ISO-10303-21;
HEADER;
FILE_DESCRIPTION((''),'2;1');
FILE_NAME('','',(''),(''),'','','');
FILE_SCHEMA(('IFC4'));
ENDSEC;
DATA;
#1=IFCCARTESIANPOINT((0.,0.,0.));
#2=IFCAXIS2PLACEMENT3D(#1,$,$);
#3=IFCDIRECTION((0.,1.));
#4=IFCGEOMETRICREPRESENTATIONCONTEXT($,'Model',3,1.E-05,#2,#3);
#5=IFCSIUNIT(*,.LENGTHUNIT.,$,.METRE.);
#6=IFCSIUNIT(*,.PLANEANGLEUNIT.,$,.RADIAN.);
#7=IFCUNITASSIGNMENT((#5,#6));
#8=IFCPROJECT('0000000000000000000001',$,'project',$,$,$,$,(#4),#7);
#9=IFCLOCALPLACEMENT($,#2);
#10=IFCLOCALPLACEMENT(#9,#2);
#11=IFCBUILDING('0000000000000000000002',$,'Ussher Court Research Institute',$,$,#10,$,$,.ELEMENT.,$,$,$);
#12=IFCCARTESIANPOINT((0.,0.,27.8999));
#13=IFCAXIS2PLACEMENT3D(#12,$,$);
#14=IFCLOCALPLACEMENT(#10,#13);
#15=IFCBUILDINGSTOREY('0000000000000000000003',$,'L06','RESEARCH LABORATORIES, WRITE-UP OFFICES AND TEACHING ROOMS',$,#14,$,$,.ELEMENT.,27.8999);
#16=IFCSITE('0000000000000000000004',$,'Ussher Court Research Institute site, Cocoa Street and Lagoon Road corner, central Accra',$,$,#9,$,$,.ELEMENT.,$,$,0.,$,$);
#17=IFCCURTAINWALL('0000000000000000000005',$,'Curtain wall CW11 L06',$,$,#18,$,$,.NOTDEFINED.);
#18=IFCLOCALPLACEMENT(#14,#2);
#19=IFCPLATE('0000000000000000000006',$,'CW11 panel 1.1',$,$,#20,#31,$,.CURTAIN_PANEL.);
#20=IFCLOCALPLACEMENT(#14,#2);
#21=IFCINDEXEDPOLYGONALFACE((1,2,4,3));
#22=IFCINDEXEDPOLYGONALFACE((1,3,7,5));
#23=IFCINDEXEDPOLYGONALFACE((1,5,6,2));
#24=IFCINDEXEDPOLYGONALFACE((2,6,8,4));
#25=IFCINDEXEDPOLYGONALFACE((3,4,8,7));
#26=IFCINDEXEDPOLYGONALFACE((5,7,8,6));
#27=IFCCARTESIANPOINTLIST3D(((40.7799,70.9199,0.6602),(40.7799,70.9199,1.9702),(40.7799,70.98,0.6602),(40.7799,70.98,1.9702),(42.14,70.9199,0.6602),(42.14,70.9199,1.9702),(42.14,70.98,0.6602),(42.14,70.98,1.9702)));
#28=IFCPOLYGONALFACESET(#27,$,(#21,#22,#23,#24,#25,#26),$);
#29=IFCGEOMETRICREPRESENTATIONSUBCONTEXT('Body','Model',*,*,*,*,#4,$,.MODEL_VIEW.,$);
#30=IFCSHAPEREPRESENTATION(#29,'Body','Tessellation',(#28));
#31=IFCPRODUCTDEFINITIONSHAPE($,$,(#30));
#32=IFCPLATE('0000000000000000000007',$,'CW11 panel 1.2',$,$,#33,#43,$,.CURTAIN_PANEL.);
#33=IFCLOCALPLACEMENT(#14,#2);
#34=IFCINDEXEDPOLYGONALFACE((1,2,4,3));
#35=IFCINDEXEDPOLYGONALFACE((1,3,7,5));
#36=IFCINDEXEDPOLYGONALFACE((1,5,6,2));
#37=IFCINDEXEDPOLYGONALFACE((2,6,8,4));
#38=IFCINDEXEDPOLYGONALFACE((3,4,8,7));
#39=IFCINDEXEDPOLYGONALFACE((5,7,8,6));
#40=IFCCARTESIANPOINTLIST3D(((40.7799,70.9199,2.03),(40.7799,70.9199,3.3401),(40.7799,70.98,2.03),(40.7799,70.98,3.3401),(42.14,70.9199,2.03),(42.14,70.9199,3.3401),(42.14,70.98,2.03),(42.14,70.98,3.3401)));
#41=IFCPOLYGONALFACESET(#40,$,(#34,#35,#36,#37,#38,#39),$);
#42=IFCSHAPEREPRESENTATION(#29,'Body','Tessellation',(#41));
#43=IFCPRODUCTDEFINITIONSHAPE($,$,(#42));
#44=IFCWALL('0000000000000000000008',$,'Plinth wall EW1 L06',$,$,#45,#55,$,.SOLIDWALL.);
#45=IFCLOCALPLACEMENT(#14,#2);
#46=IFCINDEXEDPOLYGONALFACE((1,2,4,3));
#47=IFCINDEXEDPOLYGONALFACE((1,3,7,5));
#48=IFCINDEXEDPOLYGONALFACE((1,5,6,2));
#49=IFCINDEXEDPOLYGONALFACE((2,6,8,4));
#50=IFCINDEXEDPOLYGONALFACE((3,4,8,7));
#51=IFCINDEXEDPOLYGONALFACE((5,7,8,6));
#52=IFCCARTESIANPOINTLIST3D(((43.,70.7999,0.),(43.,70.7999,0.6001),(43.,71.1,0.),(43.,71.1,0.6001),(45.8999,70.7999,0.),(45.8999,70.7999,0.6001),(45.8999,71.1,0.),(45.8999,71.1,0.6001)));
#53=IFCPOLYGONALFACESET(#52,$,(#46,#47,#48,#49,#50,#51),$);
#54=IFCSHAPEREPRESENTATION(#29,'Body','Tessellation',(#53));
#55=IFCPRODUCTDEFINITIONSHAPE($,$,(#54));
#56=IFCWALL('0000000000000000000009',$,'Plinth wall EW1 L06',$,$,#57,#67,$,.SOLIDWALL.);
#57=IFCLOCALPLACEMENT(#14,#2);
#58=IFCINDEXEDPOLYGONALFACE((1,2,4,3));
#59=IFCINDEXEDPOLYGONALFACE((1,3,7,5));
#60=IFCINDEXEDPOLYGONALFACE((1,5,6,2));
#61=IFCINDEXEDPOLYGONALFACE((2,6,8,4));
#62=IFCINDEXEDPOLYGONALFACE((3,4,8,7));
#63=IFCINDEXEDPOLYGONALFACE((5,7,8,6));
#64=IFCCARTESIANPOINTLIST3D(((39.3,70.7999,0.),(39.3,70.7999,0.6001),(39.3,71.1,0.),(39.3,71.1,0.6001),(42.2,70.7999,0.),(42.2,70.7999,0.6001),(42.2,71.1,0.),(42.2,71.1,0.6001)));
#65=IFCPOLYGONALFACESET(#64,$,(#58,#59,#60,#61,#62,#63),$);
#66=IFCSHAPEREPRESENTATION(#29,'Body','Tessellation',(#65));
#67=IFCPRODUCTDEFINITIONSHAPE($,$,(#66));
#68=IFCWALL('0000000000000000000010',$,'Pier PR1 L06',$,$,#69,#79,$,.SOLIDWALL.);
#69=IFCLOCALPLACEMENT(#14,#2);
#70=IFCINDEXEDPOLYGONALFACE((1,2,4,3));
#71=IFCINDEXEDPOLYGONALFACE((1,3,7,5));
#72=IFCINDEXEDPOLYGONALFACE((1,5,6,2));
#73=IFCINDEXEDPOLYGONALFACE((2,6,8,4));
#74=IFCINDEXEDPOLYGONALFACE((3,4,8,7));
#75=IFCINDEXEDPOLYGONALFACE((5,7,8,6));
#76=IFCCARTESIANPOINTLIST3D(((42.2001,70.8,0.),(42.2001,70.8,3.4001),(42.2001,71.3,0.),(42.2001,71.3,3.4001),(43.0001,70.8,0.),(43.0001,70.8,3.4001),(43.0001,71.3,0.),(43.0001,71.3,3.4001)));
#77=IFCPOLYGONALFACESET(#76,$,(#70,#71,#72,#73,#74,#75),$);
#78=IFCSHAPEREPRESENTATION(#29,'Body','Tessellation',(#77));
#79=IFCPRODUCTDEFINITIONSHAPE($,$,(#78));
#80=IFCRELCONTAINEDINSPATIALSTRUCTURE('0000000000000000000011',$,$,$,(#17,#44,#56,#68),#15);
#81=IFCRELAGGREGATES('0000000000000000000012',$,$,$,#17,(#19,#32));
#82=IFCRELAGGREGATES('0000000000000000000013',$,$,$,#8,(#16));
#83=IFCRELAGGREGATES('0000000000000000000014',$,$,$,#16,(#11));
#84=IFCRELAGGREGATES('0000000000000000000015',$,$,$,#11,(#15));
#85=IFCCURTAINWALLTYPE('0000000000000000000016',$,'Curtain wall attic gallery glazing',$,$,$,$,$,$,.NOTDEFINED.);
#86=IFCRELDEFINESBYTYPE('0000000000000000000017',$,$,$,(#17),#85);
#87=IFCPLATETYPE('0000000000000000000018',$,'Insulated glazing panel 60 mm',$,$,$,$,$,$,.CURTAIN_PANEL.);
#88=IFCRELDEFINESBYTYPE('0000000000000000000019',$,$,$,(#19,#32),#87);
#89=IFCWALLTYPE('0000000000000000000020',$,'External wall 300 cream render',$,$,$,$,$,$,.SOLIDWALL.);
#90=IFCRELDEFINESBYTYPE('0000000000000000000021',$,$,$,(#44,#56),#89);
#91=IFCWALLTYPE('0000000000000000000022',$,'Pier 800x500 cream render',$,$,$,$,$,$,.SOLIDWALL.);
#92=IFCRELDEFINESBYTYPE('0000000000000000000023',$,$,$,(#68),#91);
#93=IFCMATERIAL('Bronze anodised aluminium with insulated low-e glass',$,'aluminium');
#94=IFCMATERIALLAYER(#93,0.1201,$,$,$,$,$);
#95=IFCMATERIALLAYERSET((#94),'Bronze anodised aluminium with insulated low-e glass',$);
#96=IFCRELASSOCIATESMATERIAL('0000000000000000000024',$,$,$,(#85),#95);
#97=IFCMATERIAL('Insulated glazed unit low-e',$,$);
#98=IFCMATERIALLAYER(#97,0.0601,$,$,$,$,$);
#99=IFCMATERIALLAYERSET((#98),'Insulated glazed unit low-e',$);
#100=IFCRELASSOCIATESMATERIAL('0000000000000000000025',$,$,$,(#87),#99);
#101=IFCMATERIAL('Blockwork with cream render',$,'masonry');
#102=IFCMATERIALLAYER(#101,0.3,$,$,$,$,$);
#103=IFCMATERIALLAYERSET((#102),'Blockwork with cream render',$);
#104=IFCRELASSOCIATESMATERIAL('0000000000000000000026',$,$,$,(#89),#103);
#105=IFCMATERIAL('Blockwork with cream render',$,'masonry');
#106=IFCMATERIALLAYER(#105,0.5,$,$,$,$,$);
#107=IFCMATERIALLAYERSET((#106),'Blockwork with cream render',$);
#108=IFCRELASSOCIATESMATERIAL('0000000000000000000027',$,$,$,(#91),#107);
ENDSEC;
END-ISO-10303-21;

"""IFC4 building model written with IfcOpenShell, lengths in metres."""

from ifc_helpers import new_model, si_unit, direction, frame, frame_2d, origin, origin_2d, place, context, subcontext, project, spatial, rectangle, extrude, material, layer, layer_set, type_object, element, aggregate, save


model = new_model("IFC4")

# Units and contexts
model_context = context("Model", 3, precision=1e-05, world=origin(), true_north=direction((0.0, 1.0)))
body_context = subcontext(model_context, "Body", "Model", "MODEL_VIEW")
ifc_project = project(units=[si_unit("LENGTHUNIT", "METRE"), si_unit("PLANEANGLEUNIT", "RADIAN")], contexts=[model_context])

# Site, building, storey
site_placement = place(None, origin())
site = spatial("IfcSite", under=ifc_project, at=site_placement, Name="Ussher Court Research Institute site, Cocoa Street and Lagoon Road corner, central Accra", CompositionType="ELEMENT", RefElevation=0.0)
building_placement = place(site_placement, origin())
building = spatial("IfcBuilding", under=site, at=building_placement, Name="Ussher Court Research Institute", CompositionType="ELEMENT")
storey_placement = place(building_placement, frame((0.0, 0.0, 27.8999)))
storey = spatial("IfcBuildingStorey", under=building, at=storey_placement, Name="L06", Description="RESEARCH LABORATORIES, WRITE-UP OFFICES AND TEACHING ROOMS", CompositionType="ELEMENT", Elevation=27.8999)

# Curtain wall
ifc_material_1 = material(Name="Bronze anodised aluminium with insulated low-e glass", Category="aluminium")
ifc_layer_1 = layer(ifc_material_1, 0.1201)
ifc_layer_set_1 = layer_set([ifc_layer_1], Name="Bronze anodised aluminium with insulated low-e glass")
curtain_wall_type = type_object("IfcCurtainWallType", Name="Curtain wall attic gallery glazing", PredefinedType="NOTDEFINED", material=ifc_layer_set_1)
curtain_wall_1_placement = place(storey_placement, origin())
curtain_wall_1 = element("IfcCurtainWall", 1, at=curtain_wall_1_placement, inside=storey, type_object=curtain_wall_type, Name="Curtain wall CW11 L06", PredefinedType="NOTDEFINED")

# Plates
ifc_material_2 = material(Name="Insulated glazed unit low-e")
ifc_layer_2 = layer(ifc_material_2, 0.0601)
ifc_layer_set_2 = layer_set([ifc_layer_2], Name="Insulated glazed unit low-e")
plate_type = type_object("IfcPlateType", Name="Insulated glazing panel 60 mm", PredefinedType="CURTAIN_PANEL", material=ifc_layer_set_2)
plate_1_placement = place(storey_placement, frame((41.46, 70.95, 0.6602), z_axis=(0.0, 0.0, 1.0), x_axis=(-1.0, 0.0, 0.0)))
plate_1 = element("IfcPlate", 2, at=plate_1_placement, type_object=plate_type, Name="CW11 panel 1.1", PredefinedType="CURTAIN_PANEL", context=body_context, shape_type="SweptSolid", body=[
    extrude(rectangle(XDim=1.3601, YDim=0.0601, at=origin_2d()), origin(), (0.0, 0.0, 1.0), 1.3101),
])
plate_2_placement = place(storey_placement, frame((41.46, 70.95, 2.03), z_axis=(0.0, 0.0, 1.0), x_axis=(-1.0, 0.0, 0.0)))
plate_2 = element("IfcPlate", 3, at=plate_2_placement, type_object=plate_type, Name="CW11 panel 1.2", PredefinedType="CURTAIN_PANEL", context=body_context, shape_type="SweptSolid", body=[
    extrude(rectangle(XDim=1.3601, YDim=0.0601, at=origin_2d()), origin(), (0.0, 0.0, 1.0), 1.3101),
])
aggregate(curtain_wall_1, [plate_1, plate_2])

# Walls
ifc_material_3 = material(Name="Blockwork with cream render", Category="masonry")
ifc_layer_3 = layer(ifc_material_3, 0.3)
ifc_layer_set_3 = layer_set([ifc_layer_3], Name="Blockwork with cream render")
wall_type_1 = type_object("IfcWallType", Name="External wall 300 cream render", PredefinedType="SOLIDWALL", material=ifc_layer_set_3)
for number, where, z_axis, x_axis, name in (
    (4, (45.8999, 70.95, 0.0), (0.0, 0.0, 1.0), (-1.0, 0.0, 0.0), "Plinth wall EW1 L06"),
    (5, (42.2, 70.95, 0.0), (0.0, 0.0, 1.0), (-1.0, 0.0, 0.0), "Plinth wall EW1 L06"),
):
    element("IfcWall", number, at=place(storey_placement, frame(where, z_axis=z_axis, x_axis=x_axis)), inside=storey, type_object=wall_type_1, Name=name, PredefinedType="SOLIDWALL", context=body_context, shape_type="SweptSolid", body=[
        extrude(rectangle(XDim=2.8999, YDim=0.3, at=frame_2d((1.45, 0.0))), origin(), (0.0, 0.0, 1.0), 0.6001),
    ])
ifc_material_4 = material(Name="Blockwork with cream render", Category="masonry")
ifc_layer_4 = layer(ifc_material_4, 0.5)
ifc_layer_set_4 = layer_set([ifc_layer_4], Name="Blockwork with cream render")
wall_type_2 = type_object("IfcWallType", Name="Pier 800x500 cream render", PredefinedType="SOLIDWALL", material=ifc_layer_set_4)
wall_placement = place(storey_placement, frame((43.0, 71.05, 0.0), z_axis=(0.0, 0.0, 1.0), x_axis=(-1.0, 0.0, 0.0)))
element("IfcWall", 6, at=wall_placement, inside=storey, type_object=wall_type_2, Name="Pier PR1 L06", PredefinedType="SOLIDWALL", context=body_context, shape_type="SweptSolid", body=[
    extrude(rectangle(XDim=0.8, YDim=0.5, at=frame_2d((0.3999, 0.0))), origin(), (0.0, 0.0, 1.0), 3.4001),
])

save(model, "model.ifc")
